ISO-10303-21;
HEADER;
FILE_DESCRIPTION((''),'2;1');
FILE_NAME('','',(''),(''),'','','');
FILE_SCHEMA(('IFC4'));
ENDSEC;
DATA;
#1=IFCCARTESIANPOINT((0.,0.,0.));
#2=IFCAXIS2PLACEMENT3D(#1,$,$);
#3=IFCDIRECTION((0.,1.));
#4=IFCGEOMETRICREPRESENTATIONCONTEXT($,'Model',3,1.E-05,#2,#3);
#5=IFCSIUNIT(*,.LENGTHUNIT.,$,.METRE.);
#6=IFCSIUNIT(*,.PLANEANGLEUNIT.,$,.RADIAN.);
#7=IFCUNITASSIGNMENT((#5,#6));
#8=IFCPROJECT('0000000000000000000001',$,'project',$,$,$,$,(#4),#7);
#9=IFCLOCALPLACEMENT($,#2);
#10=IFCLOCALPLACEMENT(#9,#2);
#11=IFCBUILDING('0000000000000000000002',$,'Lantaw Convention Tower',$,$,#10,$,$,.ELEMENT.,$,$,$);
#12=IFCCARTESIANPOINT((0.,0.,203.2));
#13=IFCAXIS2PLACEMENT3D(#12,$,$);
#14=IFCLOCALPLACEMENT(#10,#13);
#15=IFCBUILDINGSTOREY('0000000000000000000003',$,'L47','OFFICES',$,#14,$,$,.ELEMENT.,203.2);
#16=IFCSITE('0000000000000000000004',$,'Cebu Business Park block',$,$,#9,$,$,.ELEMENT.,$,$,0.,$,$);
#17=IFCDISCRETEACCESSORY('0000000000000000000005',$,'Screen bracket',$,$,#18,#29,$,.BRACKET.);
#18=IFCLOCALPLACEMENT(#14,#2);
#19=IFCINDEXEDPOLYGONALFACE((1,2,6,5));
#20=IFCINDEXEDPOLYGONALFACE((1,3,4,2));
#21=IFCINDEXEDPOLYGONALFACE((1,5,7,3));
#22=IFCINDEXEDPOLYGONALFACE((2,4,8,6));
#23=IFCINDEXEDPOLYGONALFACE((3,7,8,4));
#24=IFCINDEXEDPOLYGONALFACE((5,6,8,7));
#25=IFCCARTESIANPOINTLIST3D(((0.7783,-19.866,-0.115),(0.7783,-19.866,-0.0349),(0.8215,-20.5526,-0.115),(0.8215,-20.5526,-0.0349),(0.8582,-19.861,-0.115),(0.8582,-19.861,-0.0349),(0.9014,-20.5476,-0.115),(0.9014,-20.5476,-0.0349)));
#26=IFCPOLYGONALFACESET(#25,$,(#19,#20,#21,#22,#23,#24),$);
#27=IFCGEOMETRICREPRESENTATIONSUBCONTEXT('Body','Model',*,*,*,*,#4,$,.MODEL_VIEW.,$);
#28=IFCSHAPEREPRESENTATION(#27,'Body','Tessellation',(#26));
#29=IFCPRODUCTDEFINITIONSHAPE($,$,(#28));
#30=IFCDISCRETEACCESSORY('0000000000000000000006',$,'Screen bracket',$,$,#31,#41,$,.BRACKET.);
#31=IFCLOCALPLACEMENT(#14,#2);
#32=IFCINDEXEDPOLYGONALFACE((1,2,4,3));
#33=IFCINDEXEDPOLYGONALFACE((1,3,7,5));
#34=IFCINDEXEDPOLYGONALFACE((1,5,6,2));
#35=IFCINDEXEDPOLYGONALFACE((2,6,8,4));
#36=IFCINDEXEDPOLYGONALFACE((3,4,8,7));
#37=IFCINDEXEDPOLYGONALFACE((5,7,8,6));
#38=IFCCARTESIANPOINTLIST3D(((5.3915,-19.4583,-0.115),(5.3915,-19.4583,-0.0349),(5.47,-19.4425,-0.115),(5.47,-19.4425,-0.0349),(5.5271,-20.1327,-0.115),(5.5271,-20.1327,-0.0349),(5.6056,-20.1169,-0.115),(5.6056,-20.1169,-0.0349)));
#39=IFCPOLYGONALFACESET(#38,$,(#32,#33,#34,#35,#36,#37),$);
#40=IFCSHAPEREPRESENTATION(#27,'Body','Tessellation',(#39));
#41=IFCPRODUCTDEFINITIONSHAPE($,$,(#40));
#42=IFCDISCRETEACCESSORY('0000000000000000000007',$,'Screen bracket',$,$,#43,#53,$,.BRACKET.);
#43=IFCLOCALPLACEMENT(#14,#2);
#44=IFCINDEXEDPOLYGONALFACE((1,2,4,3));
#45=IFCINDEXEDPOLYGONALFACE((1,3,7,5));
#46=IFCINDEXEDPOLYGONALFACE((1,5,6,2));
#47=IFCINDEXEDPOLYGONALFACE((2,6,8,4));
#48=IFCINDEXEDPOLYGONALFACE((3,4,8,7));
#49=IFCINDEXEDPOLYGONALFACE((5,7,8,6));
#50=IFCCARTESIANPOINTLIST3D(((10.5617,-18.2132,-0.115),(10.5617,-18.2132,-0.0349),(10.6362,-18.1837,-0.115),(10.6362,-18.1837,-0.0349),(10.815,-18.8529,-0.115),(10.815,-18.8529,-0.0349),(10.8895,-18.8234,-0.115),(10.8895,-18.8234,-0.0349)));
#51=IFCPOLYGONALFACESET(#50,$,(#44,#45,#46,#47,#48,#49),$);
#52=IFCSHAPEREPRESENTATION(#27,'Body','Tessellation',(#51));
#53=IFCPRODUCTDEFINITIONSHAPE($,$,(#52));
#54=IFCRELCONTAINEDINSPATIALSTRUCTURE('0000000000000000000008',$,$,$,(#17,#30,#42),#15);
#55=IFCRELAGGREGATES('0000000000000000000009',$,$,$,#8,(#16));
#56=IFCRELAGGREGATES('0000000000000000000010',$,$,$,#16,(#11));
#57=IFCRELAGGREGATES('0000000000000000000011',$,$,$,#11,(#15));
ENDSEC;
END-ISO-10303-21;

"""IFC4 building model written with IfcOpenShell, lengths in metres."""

from ifc_helpers import new_model, si_unit, direction, frame, origin, origin_2d, place, context, subcontext, project, spatial, rectangle, extrude, element, save


model = new_model("IFC4")

# Units and contexts
model_context = context("Model", 3, precision=1e-05, world=origin(), true_north=direction((0.0, 1.0)))
body_context = subcontext(model_context, "Body", "Model", "MODEL_VIEW")
ifc_project = project(units=[si_unit("LENGTHUNIT", "METRE"), si_unit("PLANEANGLEUNIT", "RADIAN")], contexts=[model_context])

# Site, building, storey
site_placement = place(None, origin())
site = spatial("IfcSite", under=ifc_project, at=site_placement, Name="Cebu Business Park block", CompositionType="ELEMENT", RefElevation=0.0)
building_placement = place(site_placement, origin())
building = spatial("IfcBuilding", under=site, at=building_placement, Name="Lantaw Convention Tower", CompositionType="ELEMENT")
storey_placement = place(building_placement, frame((0.0, 0.0, 203.2)))
storey = spatial("IfcBuildingStorey", under=building, at=storey_placement, Name="L47", Description="OFFICES", CompositionType="ELEMENT", Elevation=203.2)

# Discrete accessories
for number, where, z_axis, x_axis, name in (
    (1, (0.8398, -20.2068, -0.115), (0.0, 0.0, 1.0), (0.998029, 0.062758, 0.0), "Screen bracket"),
    (2, (5.4985, -19.7876, -0.115), (0.0, 0.0, 1.0), (0.980367, 0.197183, 0.0), "Screen bracket"),
    (3, (10.7256, -18.5183, -0.115), (0.0, 0.0, 1.0), (0.929762, 0.368162, 0.0), "Screen bracket"),
):
    element("IfcDiscreteAccessory", number, at=place(storey_placement, frame(where, z_axis=z_axis, x_axis=x_axis)), inside=storey, Name=name, PredefinedType="BRACKET", context=body_context, shape_type="SweptSolid", body=[
        extrude(rectangle(XDim=0.0801, YDim=0.688, at=origin_2d()), origin(), (0.0, 0.0, 1.0), 0.0801),
    ])

save(model, "model.ifc")
